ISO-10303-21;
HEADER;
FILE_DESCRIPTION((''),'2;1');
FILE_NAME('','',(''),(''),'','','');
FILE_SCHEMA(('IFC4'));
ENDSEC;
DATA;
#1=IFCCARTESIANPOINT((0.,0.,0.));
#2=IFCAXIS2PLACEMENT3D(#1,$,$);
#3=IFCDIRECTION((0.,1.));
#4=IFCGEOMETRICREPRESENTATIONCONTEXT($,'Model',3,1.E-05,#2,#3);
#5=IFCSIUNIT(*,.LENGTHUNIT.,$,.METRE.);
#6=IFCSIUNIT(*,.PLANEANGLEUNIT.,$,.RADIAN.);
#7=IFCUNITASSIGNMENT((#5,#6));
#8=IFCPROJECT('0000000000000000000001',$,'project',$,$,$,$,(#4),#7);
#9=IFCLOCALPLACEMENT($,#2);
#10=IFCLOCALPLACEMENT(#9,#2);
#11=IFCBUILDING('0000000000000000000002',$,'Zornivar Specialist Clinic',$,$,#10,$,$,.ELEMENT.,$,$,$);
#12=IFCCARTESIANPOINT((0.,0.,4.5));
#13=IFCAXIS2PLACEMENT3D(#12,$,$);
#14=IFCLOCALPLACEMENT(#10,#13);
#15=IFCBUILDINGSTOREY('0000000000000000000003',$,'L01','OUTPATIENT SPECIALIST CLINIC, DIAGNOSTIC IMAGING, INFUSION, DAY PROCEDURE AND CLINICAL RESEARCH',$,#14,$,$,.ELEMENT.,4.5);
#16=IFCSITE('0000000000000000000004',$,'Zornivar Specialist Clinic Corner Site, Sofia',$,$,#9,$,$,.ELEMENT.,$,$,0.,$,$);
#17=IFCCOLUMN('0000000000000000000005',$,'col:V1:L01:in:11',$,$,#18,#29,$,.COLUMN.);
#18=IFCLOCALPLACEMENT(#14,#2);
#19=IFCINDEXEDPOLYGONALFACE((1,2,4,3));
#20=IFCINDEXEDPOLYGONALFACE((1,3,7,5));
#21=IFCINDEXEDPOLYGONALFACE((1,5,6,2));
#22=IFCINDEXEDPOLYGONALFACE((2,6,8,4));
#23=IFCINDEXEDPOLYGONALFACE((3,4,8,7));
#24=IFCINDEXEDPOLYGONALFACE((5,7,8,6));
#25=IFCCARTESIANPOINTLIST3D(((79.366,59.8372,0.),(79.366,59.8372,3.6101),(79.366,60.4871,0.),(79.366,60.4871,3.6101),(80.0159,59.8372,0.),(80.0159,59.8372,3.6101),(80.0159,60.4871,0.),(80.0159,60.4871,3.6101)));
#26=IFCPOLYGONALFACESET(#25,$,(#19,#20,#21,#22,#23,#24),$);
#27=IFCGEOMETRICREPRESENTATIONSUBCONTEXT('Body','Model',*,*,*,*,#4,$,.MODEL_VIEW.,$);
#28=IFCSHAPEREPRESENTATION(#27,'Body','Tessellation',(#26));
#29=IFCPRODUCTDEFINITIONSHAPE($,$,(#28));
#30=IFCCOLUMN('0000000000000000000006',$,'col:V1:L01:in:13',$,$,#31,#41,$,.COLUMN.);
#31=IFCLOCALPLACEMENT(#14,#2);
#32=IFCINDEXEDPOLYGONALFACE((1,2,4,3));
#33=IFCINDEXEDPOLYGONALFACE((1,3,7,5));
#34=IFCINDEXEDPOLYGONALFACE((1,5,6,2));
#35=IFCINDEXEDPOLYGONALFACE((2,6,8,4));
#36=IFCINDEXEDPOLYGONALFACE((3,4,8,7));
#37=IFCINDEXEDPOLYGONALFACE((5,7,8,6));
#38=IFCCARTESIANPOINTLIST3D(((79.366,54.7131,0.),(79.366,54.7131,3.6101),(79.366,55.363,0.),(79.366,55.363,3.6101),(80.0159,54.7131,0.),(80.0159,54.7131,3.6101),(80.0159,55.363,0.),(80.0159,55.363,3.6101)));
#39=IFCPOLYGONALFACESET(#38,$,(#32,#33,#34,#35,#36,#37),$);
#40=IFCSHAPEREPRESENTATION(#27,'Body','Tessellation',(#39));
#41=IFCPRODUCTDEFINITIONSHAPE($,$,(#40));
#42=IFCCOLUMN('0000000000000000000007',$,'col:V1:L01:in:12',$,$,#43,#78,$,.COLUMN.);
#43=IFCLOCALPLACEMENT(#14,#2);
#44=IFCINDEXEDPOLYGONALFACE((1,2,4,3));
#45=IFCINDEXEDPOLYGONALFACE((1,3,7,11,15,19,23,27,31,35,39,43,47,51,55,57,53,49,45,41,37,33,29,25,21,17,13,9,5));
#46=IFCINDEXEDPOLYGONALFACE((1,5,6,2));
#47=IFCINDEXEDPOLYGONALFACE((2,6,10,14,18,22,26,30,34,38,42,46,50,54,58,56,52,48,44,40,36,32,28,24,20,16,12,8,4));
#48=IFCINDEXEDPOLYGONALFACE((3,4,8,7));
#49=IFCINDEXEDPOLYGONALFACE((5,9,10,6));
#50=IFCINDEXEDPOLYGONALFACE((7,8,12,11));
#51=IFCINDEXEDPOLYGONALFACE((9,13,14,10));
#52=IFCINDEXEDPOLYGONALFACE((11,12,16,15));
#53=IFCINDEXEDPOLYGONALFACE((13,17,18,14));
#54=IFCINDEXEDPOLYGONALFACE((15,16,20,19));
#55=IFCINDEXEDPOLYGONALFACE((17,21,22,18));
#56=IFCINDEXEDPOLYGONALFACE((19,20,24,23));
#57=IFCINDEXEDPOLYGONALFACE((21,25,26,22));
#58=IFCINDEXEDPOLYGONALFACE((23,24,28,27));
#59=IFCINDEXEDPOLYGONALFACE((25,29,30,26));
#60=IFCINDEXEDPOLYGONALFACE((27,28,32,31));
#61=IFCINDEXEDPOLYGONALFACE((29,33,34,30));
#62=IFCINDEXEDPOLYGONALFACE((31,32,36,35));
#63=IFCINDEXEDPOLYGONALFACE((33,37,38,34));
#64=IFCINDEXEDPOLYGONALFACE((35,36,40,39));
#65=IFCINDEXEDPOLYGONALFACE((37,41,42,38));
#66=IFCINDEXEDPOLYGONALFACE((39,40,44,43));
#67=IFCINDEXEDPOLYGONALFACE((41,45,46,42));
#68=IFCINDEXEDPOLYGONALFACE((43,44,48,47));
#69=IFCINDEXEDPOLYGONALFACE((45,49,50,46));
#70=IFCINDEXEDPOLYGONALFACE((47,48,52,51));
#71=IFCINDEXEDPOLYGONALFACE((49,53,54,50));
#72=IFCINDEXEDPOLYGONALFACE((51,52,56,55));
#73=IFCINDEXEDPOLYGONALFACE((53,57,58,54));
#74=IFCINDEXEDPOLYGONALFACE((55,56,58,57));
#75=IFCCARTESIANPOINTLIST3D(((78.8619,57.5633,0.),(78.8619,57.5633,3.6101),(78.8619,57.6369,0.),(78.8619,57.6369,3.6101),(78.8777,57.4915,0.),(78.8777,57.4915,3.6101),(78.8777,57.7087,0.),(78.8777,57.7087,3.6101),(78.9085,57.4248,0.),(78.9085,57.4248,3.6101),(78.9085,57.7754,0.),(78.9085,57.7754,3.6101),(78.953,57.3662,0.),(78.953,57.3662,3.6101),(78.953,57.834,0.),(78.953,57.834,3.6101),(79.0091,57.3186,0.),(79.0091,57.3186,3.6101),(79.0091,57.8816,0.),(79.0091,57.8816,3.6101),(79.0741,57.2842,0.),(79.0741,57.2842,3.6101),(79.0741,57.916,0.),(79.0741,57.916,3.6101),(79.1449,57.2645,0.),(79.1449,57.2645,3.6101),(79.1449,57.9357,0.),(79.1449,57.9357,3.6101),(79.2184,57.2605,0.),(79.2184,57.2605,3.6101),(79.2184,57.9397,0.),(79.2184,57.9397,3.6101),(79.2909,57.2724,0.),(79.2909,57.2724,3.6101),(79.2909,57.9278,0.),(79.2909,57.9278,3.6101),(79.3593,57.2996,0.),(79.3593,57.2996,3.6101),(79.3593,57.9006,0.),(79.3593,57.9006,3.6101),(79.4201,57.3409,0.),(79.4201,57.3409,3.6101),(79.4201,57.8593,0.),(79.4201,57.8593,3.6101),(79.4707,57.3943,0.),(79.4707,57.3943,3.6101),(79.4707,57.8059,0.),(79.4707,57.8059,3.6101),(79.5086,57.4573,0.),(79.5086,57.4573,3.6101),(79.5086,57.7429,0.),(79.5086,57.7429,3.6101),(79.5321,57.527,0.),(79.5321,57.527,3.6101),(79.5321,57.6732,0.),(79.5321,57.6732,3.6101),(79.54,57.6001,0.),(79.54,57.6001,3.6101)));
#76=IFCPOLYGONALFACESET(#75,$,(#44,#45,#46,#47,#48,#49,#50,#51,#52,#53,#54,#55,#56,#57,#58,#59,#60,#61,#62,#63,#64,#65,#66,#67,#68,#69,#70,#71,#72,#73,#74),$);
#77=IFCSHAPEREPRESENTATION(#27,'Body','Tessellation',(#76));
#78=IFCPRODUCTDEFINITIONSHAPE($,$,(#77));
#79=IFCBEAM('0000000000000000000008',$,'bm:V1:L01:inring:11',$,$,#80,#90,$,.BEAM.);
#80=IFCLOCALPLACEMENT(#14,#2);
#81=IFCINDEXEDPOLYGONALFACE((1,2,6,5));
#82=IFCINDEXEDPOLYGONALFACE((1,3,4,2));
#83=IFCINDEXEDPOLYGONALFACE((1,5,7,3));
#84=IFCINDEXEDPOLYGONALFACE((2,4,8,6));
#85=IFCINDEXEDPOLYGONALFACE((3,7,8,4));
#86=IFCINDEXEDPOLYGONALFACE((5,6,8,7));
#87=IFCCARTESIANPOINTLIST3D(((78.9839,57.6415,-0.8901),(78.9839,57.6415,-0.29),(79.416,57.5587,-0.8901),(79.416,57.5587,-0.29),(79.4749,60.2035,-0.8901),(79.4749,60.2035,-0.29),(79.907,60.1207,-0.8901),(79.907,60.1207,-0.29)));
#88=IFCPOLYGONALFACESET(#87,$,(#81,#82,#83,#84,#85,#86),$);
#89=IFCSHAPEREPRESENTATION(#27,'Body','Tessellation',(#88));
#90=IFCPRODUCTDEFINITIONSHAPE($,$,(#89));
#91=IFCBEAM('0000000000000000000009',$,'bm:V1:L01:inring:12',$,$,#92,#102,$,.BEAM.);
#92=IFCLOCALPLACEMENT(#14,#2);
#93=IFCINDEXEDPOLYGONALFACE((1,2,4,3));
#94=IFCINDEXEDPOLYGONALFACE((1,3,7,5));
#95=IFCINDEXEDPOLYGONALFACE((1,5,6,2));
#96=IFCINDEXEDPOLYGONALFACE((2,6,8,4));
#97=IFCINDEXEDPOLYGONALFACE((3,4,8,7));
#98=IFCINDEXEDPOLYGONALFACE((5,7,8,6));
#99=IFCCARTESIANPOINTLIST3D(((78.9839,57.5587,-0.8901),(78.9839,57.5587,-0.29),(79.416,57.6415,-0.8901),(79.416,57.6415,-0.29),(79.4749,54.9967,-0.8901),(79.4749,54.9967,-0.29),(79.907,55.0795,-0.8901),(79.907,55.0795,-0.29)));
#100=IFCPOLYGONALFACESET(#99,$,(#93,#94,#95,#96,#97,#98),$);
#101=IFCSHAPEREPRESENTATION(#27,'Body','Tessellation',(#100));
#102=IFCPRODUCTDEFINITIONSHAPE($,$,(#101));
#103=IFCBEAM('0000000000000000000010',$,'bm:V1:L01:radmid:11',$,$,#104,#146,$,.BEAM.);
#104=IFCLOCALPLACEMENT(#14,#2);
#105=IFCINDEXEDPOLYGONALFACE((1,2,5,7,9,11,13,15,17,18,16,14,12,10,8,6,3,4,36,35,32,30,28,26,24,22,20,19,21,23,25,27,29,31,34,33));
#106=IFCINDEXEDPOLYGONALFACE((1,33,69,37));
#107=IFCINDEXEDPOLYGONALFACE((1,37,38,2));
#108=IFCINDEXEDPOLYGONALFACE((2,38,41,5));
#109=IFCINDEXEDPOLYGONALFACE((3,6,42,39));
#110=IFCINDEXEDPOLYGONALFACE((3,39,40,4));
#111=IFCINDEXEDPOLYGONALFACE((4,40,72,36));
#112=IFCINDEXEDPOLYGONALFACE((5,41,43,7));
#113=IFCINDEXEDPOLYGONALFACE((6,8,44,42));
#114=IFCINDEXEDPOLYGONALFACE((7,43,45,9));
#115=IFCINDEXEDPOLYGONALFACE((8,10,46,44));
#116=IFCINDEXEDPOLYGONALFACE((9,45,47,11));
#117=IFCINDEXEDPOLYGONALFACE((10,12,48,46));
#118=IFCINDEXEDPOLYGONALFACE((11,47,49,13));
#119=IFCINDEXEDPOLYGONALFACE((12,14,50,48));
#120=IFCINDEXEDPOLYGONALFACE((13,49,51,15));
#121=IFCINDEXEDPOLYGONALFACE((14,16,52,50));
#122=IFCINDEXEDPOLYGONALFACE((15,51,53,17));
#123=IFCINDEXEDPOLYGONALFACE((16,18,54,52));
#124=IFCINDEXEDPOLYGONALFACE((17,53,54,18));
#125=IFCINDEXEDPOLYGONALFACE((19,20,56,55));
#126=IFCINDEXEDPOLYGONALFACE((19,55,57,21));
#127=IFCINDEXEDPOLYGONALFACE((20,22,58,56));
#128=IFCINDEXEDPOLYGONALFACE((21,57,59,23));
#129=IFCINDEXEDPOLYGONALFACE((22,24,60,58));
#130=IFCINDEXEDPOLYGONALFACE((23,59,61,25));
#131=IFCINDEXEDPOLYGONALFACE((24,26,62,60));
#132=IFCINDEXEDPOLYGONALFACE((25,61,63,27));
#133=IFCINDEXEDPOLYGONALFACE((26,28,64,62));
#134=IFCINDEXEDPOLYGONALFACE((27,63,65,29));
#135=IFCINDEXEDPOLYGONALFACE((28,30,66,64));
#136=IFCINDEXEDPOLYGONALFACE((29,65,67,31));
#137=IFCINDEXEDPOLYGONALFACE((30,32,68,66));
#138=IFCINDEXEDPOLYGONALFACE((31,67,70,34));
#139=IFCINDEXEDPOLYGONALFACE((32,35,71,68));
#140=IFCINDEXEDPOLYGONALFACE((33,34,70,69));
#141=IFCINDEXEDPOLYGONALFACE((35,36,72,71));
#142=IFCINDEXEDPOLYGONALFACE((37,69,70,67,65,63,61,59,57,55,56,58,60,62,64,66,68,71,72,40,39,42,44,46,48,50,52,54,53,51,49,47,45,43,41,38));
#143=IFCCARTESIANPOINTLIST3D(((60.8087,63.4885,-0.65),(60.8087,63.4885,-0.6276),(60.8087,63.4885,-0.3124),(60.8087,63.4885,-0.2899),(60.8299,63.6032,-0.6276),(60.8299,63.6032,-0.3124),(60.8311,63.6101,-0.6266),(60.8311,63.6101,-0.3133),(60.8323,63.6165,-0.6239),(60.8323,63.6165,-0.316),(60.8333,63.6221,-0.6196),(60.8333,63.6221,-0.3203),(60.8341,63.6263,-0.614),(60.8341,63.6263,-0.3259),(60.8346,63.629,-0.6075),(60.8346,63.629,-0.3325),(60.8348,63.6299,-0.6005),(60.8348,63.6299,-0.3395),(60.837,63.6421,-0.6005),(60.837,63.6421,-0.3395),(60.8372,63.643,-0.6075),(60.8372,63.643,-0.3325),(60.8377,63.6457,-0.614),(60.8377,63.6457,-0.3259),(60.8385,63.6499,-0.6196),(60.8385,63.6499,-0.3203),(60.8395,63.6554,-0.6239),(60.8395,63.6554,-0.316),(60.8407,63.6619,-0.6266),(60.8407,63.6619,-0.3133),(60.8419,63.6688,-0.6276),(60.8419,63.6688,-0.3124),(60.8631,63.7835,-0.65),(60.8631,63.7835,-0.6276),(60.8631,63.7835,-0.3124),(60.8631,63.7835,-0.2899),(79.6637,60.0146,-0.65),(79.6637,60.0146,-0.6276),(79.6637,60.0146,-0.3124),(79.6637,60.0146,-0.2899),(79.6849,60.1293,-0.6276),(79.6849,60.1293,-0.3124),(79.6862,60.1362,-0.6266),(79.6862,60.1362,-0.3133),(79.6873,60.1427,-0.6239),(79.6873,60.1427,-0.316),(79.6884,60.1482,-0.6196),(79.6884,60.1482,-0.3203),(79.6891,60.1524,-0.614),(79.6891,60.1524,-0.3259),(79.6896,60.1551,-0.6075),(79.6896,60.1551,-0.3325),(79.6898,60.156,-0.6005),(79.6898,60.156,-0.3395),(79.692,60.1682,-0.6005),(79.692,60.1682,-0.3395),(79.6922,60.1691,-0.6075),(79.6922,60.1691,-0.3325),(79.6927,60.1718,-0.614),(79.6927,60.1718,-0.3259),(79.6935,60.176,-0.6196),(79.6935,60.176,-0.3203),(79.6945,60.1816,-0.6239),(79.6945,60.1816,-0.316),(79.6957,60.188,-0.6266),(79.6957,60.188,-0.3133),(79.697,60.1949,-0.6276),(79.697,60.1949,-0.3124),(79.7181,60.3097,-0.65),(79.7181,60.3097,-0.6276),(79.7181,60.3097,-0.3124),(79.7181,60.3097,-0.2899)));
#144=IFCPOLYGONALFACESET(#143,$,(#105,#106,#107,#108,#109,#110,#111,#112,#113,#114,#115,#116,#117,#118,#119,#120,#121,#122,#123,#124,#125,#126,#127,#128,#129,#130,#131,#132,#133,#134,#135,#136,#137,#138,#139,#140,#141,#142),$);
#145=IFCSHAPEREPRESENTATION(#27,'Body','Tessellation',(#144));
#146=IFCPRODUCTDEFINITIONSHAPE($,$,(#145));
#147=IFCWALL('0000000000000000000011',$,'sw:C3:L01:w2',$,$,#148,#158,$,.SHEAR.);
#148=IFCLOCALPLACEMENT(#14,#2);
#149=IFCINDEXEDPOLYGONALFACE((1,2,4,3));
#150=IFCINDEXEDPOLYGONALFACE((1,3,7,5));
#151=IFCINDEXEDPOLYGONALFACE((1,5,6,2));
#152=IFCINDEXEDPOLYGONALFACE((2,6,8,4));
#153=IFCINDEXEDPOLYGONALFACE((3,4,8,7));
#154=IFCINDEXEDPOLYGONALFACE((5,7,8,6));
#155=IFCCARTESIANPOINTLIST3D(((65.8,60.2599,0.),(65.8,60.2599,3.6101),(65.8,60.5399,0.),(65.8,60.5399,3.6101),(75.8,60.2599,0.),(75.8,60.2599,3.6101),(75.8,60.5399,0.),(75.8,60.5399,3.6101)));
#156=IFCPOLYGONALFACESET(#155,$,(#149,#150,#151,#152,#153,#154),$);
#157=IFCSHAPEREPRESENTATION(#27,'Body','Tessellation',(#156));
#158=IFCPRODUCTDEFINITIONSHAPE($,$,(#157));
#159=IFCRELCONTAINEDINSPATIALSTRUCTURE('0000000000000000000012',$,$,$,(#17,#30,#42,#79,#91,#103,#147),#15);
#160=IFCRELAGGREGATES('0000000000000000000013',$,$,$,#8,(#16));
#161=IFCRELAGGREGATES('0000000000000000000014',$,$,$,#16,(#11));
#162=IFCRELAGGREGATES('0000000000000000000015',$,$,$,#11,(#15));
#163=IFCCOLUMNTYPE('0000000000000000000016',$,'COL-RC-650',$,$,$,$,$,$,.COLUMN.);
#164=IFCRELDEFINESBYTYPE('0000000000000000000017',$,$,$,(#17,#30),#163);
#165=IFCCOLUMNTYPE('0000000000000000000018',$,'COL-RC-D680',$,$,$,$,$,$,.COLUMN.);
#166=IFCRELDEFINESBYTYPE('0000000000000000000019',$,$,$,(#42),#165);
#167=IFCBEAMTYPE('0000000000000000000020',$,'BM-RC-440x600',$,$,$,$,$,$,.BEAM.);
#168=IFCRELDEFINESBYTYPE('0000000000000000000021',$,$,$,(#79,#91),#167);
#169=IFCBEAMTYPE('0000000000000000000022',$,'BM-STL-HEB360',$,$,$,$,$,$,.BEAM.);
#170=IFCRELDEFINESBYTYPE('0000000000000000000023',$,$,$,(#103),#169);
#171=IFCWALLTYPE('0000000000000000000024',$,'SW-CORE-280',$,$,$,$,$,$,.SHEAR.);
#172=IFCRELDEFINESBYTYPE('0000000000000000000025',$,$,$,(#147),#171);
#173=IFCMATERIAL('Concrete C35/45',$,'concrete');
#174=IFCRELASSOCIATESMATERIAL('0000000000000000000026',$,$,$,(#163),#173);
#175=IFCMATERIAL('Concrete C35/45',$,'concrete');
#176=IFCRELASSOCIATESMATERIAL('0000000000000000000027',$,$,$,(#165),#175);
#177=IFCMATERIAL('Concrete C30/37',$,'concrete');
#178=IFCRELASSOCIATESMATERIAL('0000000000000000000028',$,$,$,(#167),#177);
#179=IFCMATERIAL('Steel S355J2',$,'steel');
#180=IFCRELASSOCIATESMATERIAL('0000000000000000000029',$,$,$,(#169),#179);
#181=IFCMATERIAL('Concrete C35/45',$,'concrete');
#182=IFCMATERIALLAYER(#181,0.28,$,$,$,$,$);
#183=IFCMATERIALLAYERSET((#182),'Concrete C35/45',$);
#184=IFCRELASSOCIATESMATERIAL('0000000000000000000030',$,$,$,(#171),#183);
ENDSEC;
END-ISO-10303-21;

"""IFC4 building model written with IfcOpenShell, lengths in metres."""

from ifc_helpers import new_model, si_unit, direction, frame, frame_2d, origin, origin_2d, place, context, subcontext, project, spatial, rectangle, circle, i_section, extrude, material, layer, layer_set, material_profile, profile_set, type_object, element, save


model = new_model("IFC4")

# Units and contexts
model_context = context("Model", 3, precision=1e-05, world=origin(), true_north=direction((0.0, 1.0)))
body_context = subcontext(model_context, "Body", "Model", "MODEL_VIEW")
ifc_project = project(units=[si_unit("LENGTHUNIT", "METRE"), si_unit("PLANEANGLEUNIT", "RADIAN")], contexts=[model_context])

# Site, building, storey
site_placement = place(None, origin())
site = spatial("IfcSite", under=ifc_project, at=site_placement, Name="Zornivar Specialist Clinic Corner Site, Sofia", CompositionType="ELEMENT", RefElevation=0.0)
building_placement = place(site_placement, origin())
building = spatial("IfcBuilding", under=site, at=building_placement, Name="Zornivar Specialist Clinic", CompositionType="ELEMENT")
storey_placement = place(building_placement, frame((0.0, 0.0, 4.5)))
storey = spatial("IfcBuildingStorey", under=building, at=storey_placement, Name="L01", Description="OUTPATIENT SPECIALIST CLINIC, DIAGNOSTIC IMAGING, INFUSION, DAY PROCEDURE AND CLINICAL RESEARCH", CompositionType="ELEMENT", Elevation=4.5)

# Columns
ifc_material_1 = material(Name="Concrete C35/45", Category="concrete")
ifc_material_profile_1 = material_profile(ifc_material_1, rectangle(XDim=0.6499, YDim=0.6499, at=origin_2d()), Name="RC 650x650")
ifc_profile_set_1 = profile_set([ifc_material_profile_1], Name="Concrete C35/45")
column_type_1 = type_object("IfcColumnType", Name="COL-RC-650", PredefinedType="COLUMN", material=ifc_profile_set_1)
for number, where, z_axis, x_axis, name in (
    (1, (79.6909, 60.1621, 0.0), (0.0, 0.0, 1.0), (1.0, 0.0, 0.0), "col:V1:L01:in:11"),
    (2, (79.6909, 55.0381, 0.0), (0.0, 0.0, 1.0), (1.0, 0.0, 0.0), "col:V1:L01:in:13"),
):
    element("IfcColumn", number, at=place(storey_placement, frame(where, z_axis=z_axis, x_axis=x_axis)), inside=storey, type_object=column_type_1, Name=name, PredefinedType="COLUMN", context=body_context, shape_type="SweptSolid", body=[
        extrude(rectangle(XDim=0.6499, YDim=0.6499, at=origin_2d()), origin(), (0.0, 0.0, 1.0), 3.6101),
    ])
ifc_material_2 = material(Name="Concrete C35/45", Category="concrete")
ifc_material_profile_2 = material_profile(ifc_material_2, circle(Radius=0.3401, at=origin_2d()), Name="RC D680")
ifc_profile_set_2 = profile_set([ifc_material_profile_2], Name="Concrete C35/45")
column_type_2 = type_object("IfcColumnType", Name="COL-RC-D680", PredefinedType="COLUMN", material=ifc_profile_set_2)
column_placement = place(storey_placement, frame((79.2, 57.6001, 0.0), z_axis=(0.0, 0.0, 1.0), x_axis=(1.0, 0.0, 0.0)))
element("IfcColumn", 3, at=column_placement, inside=storey, type_object=column_type_2, Name="col:V1:L01:in:12", PredefinedType="COLUMN", context=body_context, shape_type="SweptSolid", body=[
    extrude(circle(Radius=0.3401, at=origin_2d()), origin(), (0.0, 0.0, 1.0), 3.6101),
])

# Beams
ifc_material_3 = material(Name="Concrete C30/37", Category="concrete")
ifc_material_profile_3 = material_profile(ifc_material_3, rectangle(XDim=0.4399, YDim=0.6001, at=origin_2d()), Name="RC 440x600")
ifc_profile_set_3 = profile_set([ifc_material_profile_3], Name="Concrete C30/37")
beam_type_1 = type_object("IfcBeamType", Name="BM-RC-440x600", PredefinedType="BEAM", material=ifc_profile_set_3)
for number, where, z_axis, x_axis, name in (
    (4, (79.6909, 60.1621, -0.5901), (-0.188209, -0.982129, 0.0), (0.982129, -0.188209, 0.0), "bm:V1:L01:inring:11"),
    (5, (79.2, 57.6001, -0.5901), (0.188209, -0.982129, 0.0), (0.982129, 0.188209, 0.0), "bm:V1:L01:inring:12"),
):
    element("IfcBeam", number, at=place(storey_placement, frame(where, z_axis=z_axis, x_axis=x_axis)), inside=storey, type_object=beam_type_1, Name=name, PredefinedType="BEAM", context=body_context, shape_type="SweptSolid", body=[
        extrude(rectangle(XDim=0.4399, YDim=0.6001, at=origin_2d()), origin(), (0.0, 0.0, 1.0), 2.6086),
    ])
ifc_material_4 = material(Name="Steel S355J2", Category="steel")
ifc_material_profile_4 = material_profile(ifc_material_4, i_section(OverallWidth=0.3, OverallDepth=0.3601, WebThickness=0.0125, FlangeThickness=0.0225, FilletRadius=0.0271, at=origin_2d()), Name="HEB 360")
ifc_profile_set_4 = profile_set([ifc_material_profile_4], Name="Steel S355J2")
beam_type_2 = type_object("IfcBeamType", Name="BM-STL-HEB360", PredefinedType="BEAM", material=ifc_profile_set_4)
beam_placement = place(storey_placement, frame((79.6909, 60.1621, -0.47), z_axis=(-0.983448, 0.181192, 0.0), x_axis=(-0.181192, -0.983448, 0.0)))
element("IfcBeam", 6, at=beam_placement, inside=storey, type_object=beam_type_2, Name="bm:V1:L01:radmid:11", PredefinedType="BEAM", context=body_context, shape_type="SweptSolid", body=[
    extrude(i_section(OverallWidth=0.3, OverallDepth=0.3601, WebThickness=0.0125, FlangeThickness=0.0225, FilletRadius=0.0271, at=origin_2d()), origin(), (0.0, 0.0, 1.0), 19.1724),
])

# Wall
ifc_material_5 = material(Name="Concrete C35/45", Category="concrete")
ifc_layer_1 = layer(ifc_material_5, 0.28)
ifc_layer_set_1 = layer_set([ifc_layer_1], Name="Concrete C35/45")
wall_type_1 = type_object("IfcWallType", Name="SW-CORE-280", PredefinedType="SHEAR", material=ifc_layer_set_1)
wall_1_placement = place(storey_placement, frame((75.8, 60.3999, 0.0), z_axis=(0.0, 0.0, 1.0), x_axis=(-1.0, 0.0, 0.0)))
element("IfcWall", 7, at=wall_1_placement, inside=storey, type_object=wall_type_1, Name="sw:C3:L01:w2", PredefinedType="SHEAR", context=body_context, shape_type="SweptSolid", body=[
    extrude(rectangle(XDim=10.0, YDim=0.28, at=frame_2d((5.0, 0.0))), origin(), (0.0, 0.0, 1.0), 3.6101),
])

save(model, "model.ifc")
